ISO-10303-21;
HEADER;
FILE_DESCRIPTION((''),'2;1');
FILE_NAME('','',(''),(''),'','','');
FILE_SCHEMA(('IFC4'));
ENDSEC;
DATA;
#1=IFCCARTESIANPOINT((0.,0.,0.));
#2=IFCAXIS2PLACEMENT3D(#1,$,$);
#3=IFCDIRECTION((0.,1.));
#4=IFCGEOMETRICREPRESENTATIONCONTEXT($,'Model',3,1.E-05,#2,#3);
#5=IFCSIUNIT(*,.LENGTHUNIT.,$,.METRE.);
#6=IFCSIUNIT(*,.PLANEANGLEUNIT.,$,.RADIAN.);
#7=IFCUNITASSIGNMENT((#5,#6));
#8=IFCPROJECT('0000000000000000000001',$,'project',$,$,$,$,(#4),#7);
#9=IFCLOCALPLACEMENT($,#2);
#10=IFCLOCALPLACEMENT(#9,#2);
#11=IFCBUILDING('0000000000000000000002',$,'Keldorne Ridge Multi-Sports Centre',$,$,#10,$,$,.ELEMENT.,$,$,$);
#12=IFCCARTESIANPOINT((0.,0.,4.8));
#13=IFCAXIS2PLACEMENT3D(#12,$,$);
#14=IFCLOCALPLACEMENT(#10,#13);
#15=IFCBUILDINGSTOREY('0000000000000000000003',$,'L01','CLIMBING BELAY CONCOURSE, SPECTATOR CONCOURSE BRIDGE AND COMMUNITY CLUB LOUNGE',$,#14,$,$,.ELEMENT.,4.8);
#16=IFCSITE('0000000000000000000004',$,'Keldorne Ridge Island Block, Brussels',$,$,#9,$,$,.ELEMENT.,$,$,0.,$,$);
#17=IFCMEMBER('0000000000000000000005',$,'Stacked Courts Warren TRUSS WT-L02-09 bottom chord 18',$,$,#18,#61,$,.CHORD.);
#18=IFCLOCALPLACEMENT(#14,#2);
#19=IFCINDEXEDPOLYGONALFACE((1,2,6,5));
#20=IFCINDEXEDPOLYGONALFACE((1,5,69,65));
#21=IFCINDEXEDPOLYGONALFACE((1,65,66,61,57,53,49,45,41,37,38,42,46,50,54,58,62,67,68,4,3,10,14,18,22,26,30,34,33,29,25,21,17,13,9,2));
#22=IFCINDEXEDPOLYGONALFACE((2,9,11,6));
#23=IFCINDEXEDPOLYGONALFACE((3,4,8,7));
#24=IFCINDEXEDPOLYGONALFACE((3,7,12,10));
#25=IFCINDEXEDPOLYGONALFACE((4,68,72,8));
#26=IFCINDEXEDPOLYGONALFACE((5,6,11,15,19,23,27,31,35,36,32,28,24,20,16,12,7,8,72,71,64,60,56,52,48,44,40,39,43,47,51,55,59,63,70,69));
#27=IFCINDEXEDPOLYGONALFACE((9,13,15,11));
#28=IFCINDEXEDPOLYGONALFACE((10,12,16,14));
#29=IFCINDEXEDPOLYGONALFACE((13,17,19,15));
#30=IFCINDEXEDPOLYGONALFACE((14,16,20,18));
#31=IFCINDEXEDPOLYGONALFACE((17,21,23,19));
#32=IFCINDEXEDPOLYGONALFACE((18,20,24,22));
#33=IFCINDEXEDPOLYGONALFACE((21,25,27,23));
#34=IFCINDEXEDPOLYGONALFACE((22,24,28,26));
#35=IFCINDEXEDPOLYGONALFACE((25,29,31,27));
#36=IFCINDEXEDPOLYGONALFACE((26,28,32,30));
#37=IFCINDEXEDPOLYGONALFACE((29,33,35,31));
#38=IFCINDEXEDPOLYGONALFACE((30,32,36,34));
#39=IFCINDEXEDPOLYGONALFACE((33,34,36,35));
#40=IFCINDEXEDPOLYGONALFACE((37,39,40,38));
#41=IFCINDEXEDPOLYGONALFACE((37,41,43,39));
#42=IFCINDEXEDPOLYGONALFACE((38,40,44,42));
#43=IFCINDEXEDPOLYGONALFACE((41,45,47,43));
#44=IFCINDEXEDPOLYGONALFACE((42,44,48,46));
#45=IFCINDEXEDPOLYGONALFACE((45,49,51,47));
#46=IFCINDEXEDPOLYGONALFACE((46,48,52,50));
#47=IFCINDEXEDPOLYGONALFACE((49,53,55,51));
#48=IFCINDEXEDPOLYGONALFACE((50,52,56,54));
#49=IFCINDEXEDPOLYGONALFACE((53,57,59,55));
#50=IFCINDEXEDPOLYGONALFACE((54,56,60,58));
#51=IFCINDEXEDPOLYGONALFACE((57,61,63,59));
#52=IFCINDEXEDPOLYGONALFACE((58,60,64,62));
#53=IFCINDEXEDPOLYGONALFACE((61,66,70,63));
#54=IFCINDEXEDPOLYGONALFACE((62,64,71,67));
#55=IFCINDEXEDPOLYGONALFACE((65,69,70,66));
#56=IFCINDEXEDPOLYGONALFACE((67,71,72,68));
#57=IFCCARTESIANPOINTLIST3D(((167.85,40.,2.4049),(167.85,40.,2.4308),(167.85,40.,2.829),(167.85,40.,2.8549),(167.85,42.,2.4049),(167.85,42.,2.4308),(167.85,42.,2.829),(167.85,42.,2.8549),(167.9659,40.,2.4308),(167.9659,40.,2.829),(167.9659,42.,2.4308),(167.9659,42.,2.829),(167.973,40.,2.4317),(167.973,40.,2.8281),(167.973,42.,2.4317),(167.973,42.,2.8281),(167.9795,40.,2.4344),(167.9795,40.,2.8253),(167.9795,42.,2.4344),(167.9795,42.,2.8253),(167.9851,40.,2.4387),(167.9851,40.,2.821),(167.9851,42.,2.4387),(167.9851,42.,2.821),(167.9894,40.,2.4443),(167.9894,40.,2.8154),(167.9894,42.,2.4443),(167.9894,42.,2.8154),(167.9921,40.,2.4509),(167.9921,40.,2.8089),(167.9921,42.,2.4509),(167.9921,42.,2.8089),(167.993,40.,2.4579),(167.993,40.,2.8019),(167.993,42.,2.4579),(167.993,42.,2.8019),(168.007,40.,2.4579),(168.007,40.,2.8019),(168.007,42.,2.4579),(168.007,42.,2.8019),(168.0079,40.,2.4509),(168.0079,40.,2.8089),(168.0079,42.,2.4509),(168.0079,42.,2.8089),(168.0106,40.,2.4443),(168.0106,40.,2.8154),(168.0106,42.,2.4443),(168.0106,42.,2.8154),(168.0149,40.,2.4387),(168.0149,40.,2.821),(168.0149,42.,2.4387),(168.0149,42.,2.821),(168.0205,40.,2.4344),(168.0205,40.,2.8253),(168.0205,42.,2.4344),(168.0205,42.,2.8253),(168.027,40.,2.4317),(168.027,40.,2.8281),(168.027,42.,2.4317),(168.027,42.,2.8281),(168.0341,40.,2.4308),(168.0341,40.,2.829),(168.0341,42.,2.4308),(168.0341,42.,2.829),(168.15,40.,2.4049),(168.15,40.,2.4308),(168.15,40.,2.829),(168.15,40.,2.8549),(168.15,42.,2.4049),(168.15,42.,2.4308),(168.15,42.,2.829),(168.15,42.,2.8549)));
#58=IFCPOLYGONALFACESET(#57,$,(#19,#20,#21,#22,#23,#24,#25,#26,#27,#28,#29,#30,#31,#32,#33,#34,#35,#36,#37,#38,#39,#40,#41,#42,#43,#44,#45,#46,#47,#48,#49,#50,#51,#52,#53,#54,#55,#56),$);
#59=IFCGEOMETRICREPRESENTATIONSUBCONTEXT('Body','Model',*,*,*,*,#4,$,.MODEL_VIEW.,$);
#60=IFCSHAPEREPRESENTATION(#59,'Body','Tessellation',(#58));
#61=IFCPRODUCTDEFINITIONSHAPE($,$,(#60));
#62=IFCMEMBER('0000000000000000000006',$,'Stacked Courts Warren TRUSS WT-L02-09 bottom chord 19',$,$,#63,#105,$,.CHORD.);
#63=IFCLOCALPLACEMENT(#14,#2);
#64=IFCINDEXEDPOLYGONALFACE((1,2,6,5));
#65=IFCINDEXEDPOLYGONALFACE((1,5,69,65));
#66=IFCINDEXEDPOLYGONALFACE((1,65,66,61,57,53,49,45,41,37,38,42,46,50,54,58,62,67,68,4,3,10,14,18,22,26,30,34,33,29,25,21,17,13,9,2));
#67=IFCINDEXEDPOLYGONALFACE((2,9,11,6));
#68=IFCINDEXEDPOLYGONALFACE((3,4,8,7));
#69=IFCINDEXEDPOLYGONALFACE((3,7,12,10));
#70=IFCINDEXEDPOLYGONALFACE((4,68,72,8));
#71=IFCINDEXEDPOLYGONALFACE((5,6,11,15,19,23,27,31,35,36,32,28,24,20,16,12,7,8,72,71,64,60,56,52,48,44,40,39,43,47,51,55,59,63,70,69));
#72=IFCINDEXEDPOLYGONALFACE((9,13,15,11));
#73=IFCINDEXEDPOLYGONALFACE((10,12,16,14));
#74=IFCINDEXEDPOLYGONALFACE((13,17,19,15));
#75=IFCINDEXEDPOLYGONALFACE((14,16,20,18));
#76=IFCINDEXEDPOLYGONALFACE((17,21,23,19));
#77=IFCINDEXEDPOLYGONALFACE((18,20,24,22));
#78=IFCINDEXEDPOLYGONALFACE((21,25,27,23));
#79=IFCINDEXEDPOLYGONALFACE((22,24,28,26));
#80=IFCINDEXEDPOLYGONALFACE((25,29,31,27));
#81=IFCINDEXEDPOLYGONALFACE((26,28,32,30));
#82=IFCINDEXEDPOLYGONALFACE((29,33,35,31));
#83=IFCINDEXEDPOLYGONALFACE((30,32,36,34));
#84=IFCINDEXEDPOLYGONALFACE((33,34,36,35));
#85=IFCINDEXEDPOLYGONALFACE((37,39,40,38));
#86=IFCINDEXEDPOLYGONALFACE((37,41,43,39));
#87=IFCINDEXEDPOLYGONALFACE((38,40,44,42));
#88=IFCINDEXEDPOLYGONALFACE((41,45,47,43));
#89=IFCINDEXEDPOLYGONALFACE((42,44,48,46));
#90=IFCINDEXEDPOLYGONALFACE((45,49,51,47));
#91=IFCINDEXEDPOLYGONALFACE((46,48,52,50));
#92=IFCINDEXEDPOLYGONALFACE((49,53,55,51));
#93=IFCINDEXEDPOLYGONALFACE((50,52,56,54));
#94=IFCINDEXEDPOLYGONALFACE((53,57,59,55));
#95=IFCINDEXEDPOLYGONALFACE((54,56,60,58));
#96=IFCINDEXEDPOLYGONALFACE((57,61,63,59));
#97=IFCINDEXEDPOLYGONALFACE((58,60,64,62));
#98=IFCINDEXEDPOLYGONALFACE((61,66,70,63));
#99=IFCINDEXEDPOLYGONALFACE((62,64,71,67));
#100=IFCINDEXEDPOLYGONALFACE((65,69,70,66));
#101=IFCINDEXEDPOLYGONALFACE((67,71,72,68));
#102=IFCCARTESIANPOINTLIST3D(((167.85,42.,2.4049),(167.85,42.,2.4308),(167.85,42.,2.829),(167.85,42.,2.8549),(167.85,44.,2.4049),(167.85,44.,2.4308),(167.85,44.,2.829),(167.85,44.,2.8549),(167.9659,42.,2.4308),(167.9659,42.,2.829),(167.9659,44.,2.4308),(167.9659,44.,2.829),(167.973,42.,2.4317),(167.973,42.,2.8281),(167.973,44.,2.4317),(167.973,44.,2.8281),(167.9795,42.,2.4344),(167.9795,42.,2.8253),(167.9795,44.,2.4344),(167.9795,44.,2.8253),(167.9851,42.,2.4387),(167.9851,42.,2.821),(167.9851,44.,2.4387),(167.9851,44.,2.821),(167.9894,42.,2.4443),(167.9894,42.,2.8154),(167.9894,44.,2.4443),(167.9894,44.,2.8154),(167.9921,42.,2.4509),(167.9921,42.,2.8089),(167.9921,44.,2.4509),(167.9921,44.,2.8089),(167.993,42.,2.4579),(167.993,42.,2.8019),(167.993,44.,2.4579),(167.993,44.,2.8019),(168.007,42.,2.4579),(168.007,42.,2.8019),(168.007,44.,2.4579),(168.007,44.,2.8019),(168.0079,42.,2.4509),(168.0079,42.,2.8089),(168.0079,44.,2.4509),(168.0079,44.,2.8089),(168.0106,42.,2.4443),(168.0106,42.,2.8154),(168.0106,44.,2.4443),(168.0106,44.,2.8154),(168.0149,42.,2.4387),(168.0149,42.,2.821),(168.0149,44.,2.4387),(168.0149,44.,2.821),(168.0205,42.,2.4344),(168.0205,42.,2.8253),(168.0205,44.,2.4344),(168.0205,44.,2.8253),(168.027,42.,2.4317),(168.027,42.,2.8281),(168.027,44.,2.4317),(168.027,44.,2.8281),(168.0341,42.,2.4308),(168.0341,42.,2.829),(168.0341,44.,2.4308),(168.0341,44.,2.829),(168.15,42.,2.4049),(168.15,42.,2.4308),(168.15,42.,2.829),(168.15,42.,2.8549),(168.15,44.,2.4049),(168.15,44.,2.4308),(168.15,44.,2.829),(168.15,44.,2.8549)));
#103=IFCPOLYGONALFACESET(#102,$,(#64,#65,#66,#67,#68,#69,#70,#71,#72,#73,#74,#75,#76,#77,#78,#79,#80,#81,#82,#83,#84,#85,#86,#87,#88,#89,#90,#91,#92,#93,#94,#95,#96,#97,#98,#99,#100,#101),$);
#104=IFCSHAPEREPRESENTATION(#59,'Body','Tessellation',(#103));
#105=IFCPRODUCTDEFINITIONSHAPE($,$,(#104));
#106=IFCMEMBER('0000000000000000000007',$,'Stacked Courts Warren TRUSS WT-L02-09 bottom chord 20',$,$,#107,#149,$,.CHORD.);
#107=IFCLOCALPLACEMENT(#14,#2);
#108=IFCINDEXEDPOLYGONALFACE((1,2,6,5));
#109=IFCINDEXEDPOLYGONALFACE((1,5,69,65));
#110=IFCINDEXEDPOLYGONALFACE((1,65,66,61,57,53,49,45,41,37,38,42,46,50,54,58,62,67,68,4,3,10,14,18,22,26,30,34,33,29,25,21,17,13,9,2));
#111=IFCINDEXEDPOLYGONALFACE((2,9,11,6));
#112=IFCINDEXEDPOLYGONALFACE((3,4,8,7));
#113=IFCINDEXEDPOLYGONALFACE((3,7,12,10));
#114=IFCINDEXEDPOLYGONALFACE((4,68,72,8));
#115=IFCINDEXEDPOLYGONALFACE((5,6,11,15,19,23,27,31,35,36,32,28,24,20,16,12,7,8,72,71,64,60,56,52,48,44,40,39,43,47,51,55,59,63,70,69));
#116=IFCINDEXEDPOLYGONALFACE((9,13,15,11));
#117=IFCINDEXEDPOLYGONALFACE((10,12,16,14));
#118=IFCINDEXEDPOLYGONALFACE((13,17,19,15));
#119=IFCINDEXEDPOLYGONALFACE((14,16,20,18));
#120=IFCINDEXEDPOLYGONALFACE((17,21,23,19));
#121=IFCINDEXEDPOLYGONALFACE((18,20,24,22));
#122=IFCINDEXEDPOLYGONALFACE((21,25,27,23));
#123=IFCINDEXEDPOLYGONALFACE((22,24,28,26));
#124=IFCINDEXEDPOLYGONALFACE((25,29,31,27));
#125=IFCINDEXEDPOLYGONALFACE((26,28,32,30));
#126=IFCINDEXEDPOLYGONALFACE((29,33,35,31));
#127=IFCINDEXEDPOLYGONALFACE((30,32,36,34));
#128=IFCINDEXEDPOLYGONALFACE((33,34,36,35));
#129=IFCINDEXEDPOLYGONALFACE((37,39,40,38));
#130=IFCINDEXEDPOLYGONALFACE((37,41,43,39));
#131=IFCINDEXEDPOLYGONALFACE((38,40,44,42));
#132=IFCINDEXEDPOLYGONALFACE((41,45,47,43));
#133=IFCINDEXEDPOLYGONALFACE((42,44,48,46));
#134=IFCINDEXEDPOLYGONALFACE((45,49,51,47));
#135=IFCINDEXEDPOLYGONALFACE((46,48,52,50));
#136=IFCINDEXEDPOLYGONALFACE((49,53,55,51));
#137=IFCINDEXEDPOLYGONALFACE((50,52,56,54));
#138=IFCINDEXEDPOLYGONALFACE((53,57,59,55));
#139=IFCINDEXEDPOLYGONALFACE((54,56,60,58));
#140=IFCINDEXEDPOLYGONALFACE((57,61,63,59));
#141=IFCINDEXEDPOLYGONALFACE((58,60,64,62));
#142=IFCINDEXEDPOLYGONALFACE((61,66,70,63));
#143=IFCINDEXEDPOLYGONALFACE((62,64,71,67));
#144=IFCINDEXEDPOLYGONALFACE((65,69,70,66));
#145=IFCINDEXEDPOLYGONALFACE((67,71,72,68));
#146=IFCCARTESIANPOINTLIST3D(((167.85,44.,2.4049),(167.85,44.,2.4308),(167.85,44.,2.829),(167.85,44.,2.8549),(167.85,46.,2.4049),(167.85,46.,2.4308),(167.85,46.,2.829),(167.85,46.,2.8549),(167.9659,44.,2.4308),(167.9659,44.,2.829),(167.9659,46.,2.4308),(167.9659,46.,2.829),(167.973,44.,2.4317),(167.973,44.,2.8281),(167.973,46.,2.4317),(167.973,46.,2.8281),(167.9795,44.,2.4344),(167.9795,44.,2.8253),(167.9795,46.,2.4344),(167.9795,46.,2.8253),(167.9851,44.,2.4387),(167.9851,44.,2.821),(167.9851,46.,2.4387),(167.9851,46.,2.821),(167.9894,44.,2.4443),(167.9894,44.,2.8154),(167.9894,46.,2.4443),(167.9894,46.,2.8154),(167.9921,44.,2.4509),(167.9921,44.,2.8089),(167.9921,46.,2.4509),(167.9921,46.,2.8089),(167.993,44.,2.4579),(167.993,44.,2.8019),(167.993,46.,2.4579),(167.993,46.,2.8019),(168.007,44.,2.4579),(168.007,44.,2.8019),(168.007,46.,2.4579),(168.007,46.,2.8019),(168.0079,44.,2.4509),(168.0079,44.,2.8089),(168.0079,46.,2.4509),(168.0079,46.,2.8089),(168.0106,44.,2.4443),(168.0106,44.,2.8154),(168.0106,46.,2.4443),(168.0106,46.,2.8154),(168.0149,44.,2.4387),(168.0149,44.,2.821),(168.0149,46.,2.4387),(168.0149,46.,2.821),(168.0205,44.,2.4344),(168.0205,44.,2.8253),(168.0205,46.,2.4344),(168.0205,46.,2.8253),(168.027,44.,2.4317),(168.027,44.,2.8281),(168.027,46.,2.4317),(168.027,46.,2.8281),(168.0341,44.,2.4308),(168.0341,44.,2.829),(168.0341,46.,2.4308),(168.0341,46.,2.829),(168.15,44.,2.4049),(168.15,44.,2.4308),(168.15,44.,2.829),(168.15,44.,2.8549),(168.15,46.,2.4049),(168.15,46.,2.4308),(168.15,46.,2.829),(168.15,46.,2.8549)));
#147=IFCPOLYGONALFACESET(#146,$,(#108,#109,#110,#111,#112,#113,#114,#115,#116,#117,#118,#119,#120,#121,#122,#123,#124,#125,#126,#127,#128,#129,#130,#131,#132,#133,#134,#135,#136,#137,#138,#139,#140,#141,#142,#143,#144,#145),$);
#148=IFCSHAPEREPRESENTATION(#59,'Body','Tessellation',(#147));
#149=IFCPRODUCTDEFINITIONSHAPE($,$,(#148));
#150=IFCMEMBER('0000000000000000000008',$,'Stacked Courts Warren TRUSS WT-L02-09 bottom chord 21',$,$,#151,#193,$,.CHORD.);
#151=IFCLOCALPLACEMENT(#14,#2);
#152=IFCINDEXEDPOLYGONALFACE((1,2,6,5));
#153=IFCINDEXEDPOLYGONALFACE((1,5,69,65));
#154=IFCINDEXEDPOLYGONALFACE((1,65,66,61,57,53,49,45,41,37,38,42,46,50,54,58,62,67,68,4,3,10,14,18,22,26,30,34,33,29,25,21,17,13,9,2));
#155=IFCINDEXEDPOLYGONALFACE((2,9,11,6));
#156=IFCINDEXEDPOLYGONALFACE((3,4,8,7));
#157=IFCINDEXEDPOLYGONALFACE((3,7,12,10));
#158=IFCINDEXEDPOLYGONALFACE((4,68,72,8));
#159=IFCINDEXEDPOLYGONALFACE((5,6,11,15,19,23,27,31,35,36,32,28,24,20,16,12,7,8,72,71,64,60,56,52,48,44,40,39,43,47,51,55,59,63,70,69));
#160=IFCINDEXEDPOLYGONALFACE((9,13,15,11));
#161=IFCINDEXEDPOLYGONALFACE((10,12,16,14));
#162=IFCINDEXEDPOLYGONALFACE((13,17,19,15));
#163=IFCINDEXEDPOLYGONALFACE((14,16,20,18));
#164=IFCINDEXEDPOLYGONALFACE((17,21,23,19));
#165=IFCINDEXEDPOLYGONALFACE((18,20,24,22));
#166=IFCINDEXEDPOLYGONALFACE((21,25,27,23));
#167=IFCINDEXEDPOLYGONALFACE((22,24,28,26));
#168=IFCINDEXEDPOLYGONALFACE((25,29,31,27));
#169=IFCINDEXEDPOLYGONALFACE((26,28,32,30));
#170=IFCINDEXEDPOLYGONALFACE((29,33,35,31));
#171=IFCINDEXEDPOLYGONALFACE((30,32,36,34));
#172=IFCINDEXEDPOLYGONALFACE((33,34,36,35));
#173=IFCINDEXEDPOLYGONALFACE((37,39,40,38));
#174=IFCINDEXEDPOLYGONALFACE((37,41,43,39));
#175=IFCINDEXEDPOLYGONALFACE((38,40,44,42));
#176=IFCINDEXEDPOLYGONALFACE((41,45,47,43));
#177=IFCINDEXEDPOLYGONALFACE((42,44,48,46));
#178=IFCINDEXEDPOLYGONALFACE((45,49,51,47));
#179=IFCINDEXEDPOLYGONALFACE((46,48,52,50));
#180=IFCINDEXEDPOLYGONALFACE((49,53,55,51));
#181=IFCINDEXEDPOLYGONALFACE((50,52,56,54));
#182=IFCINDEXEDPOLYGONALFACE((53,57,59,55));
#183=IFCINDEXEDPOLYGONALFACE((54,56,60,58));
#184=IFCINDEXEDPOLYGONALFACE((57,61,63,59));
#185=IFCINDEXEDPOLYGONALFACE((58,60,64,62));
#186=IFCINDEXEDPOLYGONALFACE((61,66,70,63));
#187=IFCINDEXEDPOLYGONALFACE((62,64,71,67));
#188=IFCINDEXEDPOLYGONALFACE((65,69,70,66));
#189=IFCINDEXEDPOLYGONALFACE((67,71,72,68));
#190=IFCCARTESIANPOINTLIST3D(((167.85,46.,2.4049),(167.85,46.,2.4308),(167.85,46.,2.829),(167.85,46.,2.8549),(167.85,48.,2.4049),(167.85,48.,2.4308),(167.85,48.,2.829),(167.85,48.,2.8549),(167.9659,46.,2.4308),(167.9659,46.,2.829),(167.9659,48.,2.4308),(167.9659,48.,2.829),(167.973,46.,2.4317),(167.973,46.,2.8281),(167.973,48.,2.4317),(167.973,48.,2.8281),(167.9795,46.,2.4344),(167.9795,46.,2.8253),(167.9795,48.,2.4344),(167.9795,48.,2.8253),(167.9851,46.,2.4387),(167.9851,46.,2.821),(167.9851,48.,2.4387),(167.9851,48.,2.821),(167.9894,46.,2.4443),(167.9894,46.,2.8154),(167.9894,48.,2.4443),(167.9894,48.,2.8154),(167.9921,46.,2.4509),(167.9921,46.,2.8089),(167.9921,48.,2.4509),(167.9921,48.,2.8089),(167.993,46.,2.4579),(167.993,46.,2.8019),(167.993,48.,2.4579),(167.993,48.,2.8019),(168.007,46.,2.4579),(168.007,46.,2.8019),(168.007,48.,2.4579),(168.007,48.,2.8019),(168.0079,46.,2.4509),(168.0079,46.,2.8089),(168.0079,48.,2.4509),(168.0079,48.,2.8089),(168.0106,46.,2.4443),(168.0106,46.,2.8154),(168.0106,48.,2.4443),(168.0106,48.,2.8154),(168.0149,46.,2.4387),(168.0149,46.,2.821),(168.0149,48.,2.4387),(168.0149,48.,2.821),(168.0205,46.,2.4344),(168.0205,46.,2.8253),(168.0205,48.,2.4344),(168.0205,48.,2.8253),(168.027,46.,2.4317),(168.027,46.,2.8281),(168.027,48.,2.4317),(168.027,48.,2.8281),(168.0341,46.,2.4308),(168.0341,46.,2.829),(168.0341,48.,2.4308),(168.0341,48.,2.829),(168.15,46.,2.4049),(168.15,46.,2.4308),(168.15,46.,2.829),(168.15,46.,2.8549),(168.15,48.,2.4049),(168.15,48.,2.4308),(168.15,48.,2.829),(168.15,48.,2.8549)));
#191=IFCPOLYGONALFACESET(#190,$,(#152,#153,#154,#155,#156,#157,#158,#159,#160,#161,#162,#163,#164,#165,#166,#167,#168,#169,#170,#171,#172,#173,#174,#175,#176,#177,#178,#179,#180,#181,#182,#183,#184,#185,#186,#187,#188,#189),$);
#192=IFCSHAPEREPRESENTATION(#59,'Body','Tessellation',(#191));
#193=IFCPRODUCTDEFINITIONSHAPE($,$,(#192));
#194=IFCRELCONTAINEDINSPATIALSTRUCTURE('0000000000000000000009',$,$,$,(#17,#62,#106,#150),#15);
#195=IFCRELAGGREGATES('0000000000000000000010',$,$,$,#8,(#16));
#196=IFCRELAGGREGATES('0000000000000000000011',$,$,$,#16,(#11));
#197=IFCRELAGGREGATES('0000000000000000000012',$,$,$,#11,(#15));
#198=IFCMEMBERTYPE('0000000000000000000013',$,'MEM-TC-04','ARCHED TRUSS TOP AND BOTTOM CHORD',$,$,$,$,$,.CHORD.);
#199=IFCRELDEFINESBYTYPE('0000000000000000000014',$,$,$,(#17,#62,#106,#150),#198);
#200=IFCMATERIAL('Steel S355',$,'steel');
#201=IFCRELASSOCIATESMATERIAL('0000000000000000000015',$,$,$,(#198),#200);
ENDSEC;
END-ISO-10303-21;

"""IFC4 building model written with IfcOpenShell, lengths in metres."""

from ifc_helpers import new_model, si_unit, direction, frame, origin, origin_2d, place, context, subcontext, project, spatial, i_section, extrude, material, material_profile, profile_set, type_object, element, save


model = new_model("IFC4")

# Units and contexts
model_context = context("Model", 3, precision=1e-05, world=origin(), true_north=direction((0.0, 1.0)))
body_context = subcontext(model_context, "Body", "Model", "MODEL_VIEW")
ifc_project = project(units=[si_unit("LENGTHUNIT", "METRE"), si_unit("PLANEANGLEUNIT", "RADIAN")], contexts=[model_context])

# Site, building, storey
site_placement = place(None, origin())
site = spatial("IfcSite", under=ifc_project, at=site_placement, Name="Keldorne Ridge Island Block, Brussels", CompositionType="ELEMENT", RefElevation=0.0)
building_placement = place(site_placement, origin())
building = spatial("IfcBuilding", under=site, at=building_placement, Name="Keldorne Ridge Multi-Sports Centre", CompositionType="ELEMENT")
storey_placement = place(building_placement, frame((0.0, 0.0, 4.8)))
storey = spatial("IfcBuildingStorey", under=building, at=storey_placement, Name="L01", Description="CLIMBING BELAY CONCOURSE, SPECTATOR CONCOURSE BRIDGE AND COMMUNITY CLUB LOUNGE", CompositionType="ELEMENT", Elevation=4.8)

# Shared definitions
ifc_material = material(Name="Steel S355", Category="steel")

# Members
ifc_material_profile_1 = material_profile(ifc_material, i_section(OverallWidth=0.3, OverallDepth=0.45, WebThickness=0.0139, FlangeThickness=0.0259, FilletRadius=0.0271, at=origin_2d()), Name="HEB 450")
ifc_profile_set_1 = profile_set([ifc_material_profile_1], Name="Steel S355")
member_type_1 = type_object("IfcMemberType", Name="MEM-TC-04", Description="ARCHED TRUSS TOP AND BOTTOM CHORD", PredefinedType="CHORD", material=ifc_profile_set_1)
for number, where, z_axis, x_axis, name in (
    (1, (168.0, 40.0, 2.6299), (0.0, 1.0, 0.0), (-1.0, 0.0, 0.0), "Stacked Courts Warren TRUSS WT-L02-09 bottom chord 18"),
    (2, (168.0, 42.0, 2.6299), (0.0, 1.0, 0.0), (-1.0, 0.0, 0.0), "Stacked Courts Warren TRUSS WT-L02-09 bottom chord 19"),
    (3, (168.0, 44.0, 2.6299), (0.0, 1.0, 0.0), (-1.0, 0.0, 0.0), "Stacked Courts Warren TRUSS WT-L02-09 bottom chord 20"),
    (4, (168.0, 46.0, 2.6299), (0.0, 1.0, 0.0), (-1.0, 0.0, 0.0), "Stacked Courts Warren TRUSS WT-L02-09 bottom chord 21"),
):
    element("IfcMember", number, at=place(storey_placement, frame(where, z_axis=z_axis, x_axis=x_axis)), inside=storey, type_object=member_type_1, Name=name, PredefinedType="CHORD", context=body_context, shape_type="SweptSolid", body=[
        extrude(i_section(OverallWidth=0.3, OverallDepth=0.45, WebThickness=0.0139, FlangeThickness=0.0259, FilletRadius=0.0271, at=origin_2d()), origin(), (0.0, 0.0, 1.0), 2.0),
    ])

save(model, "model.ifc")
